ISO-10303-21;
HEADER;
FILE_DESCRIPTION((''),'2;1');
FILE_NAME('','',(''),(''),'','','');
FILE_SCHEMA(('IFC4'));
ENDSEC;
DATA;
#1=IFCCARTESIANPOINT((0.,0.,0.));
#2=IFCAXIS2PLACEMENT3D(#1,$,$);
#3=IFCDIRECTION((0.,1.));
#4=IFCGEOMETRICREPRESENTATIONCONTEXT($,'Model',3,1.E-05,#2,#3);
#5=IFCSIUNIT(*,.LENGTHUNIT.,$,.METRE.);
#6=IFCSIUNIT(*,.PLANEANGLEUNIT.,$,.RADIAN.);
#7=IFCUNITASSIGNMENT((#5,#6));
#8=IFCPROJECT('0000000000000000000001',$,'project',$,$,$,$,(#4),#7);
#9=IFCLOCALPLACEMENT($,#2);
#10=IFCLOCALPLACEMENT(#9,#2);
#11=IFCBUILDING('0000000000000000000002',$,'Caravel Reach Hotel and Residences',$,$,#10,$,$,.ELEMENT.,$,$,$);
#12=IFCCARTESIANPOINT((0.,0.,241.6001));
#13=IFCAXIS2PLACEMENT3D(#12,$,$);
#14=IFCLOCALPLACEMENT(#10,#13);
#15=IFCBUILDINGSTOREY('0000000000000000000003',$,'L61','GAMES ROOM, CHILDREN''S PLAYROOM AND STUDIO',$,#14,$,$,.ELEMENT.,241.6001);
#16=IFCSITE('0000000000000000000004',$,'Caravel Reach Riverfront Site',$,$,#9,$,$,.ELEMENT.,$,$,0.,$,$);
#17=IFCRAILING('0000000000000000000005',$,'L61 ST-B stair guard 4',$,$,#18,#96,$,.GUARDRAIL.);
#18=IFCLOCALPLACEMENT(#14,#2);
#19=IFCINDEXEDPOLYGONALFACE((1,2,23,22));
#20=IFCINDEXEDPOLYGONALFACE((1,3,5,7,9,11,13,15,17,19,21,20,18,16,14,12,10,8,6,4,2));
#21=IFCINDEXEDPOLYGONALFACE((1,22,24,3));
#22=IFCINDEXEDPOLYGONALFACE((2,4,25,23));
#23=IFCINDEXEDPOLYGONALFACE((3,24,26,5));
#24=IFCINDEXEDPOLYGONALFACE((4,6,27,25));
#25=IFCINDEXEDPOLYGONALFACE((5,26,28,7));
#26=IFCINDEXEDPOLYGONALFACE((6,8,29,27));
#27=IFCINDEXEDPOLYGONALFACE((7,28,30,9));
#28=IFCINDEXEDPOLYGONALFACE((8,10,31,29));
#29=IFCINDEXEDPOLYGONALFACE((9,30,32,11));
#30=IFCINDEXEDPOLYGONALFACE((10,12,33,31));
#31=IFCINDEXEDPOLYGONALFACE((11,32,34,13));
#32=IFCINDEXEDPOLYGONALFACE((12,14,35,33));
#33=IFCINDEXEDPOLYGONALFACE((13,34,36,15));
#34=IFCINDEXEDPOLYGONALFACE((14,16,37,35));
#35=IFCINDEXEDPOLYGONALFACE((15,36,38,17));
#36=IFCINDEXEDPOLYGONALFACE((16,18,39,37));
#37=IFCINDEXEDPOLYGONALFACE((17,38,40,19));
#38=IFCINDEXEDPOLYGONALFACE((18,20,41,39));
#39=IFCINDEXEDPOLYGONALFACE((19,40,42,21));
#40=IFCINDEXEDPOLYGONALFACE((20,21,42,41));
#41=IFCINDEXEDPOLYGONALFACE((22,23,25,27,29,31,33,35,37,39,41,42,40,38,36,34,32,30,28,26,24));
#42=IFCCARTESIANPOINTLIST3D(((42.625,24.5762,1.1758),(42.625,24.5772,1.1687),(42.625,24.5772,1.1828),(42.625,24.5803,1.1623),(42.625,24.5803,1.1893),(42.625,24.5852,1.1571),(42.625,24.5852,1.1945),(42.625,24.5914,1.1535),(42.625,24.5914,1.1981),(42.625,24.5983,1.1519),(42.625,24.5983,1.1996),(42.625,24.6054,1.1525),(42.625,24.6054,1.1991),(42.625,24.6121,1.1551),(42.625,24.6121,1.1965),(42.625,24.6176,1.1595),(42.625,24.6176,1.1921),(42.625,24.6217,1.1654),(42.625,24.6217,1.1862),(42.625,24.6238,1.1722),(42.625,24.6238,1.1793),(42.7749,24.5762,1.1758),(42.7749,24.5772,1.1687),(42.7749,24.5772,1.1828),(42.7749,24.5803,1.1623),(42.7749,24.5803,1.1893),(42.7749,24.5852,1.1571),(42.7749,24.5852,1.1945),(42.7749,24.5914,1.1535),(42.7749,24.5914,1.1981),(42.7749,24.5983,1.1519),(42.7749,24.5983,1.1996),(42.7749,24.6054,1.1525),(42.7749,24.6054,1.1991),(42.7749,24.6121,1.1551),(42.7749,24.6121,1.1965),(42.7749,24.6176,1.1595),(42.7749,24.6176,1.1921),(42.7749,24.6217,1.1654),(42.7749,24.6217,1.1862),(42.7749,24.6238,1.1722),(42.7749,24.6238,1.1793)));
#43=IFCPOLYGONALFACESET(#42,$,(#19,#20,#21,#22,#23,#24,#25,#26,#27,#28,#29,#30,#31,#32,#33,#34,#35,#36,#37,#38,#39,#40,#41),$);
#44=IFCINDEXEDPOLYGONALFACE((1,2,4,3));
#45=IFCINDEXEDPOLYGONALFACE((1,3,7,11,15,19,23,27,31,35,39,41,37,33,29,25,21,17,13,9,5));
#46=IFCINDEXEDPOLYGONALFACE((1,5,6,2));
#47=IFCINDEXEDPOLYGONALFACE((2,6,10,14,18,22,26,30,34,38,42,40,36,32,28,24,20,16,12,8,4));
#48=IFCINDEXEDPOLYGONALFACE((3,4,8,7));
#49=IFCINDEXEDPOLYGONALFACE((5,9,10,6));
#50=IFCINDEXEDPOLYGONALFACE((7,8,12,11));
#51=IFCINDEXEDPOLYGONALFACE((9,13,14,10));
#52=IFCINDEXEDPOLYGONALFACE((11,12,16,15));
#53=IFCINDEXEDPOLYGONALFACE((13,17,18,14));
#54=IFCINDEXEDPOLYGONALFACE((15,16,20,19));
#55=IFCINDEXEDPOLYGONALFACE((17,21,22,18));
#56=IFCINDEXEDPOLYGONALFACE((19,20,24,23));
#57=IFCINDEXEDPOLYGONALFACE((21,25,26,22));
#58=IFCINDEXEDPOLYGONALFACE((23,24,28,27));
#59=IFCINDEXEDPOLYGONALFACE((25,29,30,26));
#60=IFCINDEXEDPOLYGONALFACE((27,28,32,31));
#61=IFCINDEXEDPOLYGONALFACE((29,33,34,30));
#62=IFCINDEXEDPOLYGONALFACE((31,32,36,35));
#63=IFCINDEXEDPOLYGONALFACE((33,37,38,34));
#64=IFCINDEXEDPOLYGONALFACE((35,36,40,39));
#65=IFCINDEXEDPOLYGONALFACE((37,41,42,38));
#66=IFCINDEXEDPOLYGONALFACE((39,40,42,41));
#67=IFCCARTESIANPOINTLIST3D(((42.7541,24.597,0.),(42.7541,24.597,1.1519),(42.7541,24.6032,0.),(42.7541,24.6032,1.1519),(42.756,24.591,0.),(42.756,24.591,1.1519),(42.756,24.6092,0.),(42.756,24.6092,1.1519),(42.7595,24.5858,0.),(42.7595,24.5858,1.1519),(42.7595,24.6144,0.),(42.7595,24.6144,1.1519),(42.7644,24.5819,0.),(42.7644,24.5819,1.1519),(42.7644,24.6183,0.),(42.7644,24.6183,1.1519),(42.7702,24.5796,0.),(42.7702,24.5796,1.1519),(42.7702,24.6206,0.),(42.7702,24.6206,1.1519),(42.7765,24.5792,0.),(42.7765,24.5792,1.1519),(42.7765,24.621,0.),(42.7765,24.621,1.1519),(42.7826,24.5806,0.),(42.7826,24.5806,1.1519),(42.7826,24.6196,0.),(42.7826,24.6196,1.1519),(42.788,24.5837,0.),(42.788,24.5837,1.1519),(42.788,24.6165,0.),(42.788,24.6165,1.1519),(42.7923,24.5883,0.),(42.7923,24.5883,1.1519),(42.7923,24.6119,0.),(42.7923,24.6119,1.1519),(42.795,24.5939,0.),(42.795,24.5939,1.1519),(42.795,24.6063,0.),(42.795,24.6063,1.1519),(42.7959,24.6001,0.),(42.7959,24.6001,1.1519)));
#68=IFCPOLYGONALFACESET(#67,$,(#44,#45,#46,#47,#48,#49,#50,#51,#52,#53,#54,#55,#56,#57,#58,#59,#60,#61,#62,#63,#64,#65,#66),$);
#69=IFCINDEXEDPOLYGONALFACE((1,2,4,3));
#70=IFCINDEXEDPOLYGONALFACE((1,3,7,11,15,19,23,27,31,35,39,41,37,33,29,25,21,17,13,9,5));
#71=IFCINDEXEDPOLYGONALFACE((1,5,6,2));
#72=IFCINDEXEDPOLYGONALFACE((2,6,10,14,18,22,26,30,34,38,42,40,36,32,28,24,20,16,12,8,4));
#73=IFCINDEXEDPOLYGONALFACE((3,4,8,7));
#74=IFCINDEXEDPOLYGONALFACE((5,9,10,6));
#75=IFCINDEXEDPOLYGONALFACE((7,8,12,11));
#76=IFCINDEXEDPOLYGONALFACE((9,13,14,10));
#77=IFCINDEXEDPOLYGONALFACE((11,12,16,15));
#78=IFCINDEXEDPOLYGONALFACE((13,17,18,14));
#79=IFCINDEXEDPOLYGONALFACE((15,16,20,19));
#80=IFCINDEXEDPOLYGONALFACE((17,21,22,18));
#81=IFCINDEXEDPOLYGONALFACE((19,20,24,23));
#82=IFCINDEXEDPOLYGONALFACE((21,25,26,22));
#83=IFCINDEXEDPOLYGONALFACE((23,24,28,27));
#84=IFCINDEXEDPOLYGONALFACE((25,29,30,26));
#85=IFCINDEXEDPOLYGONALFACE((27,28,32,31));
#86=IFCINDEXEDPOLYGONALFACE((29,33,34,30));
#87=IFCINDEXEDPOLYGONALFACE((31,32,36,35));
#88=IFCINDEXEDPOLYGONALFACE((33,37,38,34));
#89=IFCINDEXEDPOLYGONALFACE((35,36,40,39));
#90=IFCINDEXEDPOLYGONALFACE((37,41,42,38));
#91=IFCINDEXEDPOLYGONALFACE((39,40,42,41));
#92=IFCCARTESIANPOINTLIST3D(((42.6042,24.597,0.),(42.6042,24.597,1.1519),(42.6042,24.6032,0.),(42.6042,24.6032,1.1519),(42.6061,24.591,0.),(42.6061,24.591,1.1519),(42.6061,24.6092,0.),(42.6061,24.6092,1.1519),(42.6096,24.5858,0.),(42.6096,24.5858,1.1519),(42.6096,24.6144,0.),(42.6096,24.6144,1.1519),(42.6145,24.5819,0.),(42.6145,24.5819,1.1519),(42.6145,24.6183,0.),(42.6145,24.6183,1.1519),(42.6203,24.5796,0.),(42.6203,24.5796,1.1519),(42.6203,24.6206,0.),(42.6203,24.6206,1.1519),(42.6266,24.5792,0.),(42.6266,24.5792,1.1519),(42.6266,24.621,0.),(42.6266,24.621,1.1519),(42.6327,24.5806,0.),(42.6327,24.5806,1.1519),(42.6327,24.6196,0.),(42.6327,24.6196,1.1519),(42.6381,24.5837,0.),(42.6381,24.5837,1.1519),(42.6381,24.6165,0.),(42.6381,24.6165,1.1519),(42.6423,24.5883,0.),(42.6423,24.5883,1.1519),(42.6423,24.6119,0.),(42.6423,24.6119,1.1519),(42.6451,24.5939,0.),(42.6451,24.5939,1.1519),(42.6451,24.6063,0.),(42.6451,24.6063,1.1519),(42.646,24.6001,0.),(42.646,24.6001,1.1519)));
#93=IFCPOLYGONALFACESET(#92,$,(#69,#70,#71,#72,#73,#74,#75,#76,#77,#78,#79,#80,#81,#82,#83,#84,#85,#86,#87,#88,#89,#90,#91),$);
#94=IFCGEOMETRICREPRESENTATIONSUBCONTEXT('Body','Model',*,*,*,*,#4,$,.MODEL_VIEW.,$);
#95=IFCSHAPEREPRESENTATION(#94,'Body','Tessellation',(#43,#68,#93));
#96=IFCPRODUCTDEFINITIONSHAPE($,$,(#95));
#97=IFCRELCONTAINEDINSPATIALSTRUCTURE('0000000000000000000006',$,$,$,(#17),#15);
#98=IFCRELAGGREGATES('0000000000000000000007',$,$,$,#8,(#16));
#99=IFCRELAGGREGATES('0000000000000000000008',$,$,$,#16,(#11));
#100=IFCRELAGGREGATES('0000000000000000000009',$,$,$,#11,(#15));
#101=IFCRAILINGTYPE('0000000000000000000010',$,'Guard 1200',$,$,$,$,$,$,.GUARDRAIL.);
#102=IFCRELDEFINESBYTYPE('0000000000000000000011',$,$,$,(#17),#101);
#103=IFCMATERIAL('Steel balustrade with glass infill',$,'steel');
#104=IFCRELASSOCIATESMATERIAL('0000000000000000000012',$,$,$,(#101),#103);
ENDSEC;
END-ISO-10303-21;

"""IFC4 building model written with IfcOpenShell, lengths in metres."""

from ifc_helpers import new_model, si_unit, direction, frame, origin, origin_2d, place, context, subcontext, project, spatial, circle, extrude, material, type_object, element, save


model = new_model("IFC4")

# Units and contexts
model_context = context("Model", 3, precision=1e-05, world=origin(), true_north=direction((0.0, 1.0)))
body_context = subcontext(model_context, "Body", "Model", "MODEL_VIEW")
ifc_project = project(units=[si_unit("LENGTHUNIT", "METRE"), si_unit("PLANEANGLEUNIT", "RADIAN")], contexts=[model_context])

# Site, building, storey
site_placement = place(None, origin())
site = spatial("IfcSite", under=ifc_project, at=site_placement, Name="Caravel Reach Riverfront Site", CompositionType="ELEMENT", RefElevation=0.0)
building_placement = place(site_placement, origin())
building = spatial("IfcBuilding", under=site, at=building_placement, Name="Caravel Reach Hotel and Residences", CompositionType="ELEMENT")
storey_placement = place(building_placement, frame((0.0, 0.0, 241.6001)))
storey = spatial("IfcBuildingStorey", under=building, at=storey_placement, Name="L61", Description="GAMES ROOM, CHILDREN'S PLAYROOM AND STUDIO", CompositionType="ELEMENT", Elevation=241.6001)

# Railing
ifc_material_1 = material(Name="Steel balustrade with glass infill", Category="steel")
railing_type_1 = type_object("IfcRailingType", Name="Guard 1200", PredefinedType="GUARDRAIL", material=ifc_material_1)
railing_1_placement = place(storey_placement, frame((42.7749, 24.6001, 0.0)))
element("IfcRailing", 1, at=railing_1_placement, inside=storey, type_object=railing_type_1, Name="L61 ST-B stair guard 4", PredefinedType="GUARDRAIL", context=body_context, shape_type="SweptSolid", body=[
    extrude(circle(Radius=0.0239, at=origin_2d()), frame((0.0, 0.0, 1.1758), z_axis=(-1.0, 0.0, 0.0), x_axis=(0.0, -1.0, 0.0)), (0.0, 0.0, 1.0), 0.1499),
    extrude(circle(Radius=0.021, at=origin_2d()), origin(), (0.0, 0.0, 1.0), 1.1519),
    extrude(circle(Radius=0.021, at=origin_2d()), frame((-0.1499, 0.0, 0.0)), (0.0, 0.0, 1.0), 1.1519),
])

save(model, "model.ifc")
